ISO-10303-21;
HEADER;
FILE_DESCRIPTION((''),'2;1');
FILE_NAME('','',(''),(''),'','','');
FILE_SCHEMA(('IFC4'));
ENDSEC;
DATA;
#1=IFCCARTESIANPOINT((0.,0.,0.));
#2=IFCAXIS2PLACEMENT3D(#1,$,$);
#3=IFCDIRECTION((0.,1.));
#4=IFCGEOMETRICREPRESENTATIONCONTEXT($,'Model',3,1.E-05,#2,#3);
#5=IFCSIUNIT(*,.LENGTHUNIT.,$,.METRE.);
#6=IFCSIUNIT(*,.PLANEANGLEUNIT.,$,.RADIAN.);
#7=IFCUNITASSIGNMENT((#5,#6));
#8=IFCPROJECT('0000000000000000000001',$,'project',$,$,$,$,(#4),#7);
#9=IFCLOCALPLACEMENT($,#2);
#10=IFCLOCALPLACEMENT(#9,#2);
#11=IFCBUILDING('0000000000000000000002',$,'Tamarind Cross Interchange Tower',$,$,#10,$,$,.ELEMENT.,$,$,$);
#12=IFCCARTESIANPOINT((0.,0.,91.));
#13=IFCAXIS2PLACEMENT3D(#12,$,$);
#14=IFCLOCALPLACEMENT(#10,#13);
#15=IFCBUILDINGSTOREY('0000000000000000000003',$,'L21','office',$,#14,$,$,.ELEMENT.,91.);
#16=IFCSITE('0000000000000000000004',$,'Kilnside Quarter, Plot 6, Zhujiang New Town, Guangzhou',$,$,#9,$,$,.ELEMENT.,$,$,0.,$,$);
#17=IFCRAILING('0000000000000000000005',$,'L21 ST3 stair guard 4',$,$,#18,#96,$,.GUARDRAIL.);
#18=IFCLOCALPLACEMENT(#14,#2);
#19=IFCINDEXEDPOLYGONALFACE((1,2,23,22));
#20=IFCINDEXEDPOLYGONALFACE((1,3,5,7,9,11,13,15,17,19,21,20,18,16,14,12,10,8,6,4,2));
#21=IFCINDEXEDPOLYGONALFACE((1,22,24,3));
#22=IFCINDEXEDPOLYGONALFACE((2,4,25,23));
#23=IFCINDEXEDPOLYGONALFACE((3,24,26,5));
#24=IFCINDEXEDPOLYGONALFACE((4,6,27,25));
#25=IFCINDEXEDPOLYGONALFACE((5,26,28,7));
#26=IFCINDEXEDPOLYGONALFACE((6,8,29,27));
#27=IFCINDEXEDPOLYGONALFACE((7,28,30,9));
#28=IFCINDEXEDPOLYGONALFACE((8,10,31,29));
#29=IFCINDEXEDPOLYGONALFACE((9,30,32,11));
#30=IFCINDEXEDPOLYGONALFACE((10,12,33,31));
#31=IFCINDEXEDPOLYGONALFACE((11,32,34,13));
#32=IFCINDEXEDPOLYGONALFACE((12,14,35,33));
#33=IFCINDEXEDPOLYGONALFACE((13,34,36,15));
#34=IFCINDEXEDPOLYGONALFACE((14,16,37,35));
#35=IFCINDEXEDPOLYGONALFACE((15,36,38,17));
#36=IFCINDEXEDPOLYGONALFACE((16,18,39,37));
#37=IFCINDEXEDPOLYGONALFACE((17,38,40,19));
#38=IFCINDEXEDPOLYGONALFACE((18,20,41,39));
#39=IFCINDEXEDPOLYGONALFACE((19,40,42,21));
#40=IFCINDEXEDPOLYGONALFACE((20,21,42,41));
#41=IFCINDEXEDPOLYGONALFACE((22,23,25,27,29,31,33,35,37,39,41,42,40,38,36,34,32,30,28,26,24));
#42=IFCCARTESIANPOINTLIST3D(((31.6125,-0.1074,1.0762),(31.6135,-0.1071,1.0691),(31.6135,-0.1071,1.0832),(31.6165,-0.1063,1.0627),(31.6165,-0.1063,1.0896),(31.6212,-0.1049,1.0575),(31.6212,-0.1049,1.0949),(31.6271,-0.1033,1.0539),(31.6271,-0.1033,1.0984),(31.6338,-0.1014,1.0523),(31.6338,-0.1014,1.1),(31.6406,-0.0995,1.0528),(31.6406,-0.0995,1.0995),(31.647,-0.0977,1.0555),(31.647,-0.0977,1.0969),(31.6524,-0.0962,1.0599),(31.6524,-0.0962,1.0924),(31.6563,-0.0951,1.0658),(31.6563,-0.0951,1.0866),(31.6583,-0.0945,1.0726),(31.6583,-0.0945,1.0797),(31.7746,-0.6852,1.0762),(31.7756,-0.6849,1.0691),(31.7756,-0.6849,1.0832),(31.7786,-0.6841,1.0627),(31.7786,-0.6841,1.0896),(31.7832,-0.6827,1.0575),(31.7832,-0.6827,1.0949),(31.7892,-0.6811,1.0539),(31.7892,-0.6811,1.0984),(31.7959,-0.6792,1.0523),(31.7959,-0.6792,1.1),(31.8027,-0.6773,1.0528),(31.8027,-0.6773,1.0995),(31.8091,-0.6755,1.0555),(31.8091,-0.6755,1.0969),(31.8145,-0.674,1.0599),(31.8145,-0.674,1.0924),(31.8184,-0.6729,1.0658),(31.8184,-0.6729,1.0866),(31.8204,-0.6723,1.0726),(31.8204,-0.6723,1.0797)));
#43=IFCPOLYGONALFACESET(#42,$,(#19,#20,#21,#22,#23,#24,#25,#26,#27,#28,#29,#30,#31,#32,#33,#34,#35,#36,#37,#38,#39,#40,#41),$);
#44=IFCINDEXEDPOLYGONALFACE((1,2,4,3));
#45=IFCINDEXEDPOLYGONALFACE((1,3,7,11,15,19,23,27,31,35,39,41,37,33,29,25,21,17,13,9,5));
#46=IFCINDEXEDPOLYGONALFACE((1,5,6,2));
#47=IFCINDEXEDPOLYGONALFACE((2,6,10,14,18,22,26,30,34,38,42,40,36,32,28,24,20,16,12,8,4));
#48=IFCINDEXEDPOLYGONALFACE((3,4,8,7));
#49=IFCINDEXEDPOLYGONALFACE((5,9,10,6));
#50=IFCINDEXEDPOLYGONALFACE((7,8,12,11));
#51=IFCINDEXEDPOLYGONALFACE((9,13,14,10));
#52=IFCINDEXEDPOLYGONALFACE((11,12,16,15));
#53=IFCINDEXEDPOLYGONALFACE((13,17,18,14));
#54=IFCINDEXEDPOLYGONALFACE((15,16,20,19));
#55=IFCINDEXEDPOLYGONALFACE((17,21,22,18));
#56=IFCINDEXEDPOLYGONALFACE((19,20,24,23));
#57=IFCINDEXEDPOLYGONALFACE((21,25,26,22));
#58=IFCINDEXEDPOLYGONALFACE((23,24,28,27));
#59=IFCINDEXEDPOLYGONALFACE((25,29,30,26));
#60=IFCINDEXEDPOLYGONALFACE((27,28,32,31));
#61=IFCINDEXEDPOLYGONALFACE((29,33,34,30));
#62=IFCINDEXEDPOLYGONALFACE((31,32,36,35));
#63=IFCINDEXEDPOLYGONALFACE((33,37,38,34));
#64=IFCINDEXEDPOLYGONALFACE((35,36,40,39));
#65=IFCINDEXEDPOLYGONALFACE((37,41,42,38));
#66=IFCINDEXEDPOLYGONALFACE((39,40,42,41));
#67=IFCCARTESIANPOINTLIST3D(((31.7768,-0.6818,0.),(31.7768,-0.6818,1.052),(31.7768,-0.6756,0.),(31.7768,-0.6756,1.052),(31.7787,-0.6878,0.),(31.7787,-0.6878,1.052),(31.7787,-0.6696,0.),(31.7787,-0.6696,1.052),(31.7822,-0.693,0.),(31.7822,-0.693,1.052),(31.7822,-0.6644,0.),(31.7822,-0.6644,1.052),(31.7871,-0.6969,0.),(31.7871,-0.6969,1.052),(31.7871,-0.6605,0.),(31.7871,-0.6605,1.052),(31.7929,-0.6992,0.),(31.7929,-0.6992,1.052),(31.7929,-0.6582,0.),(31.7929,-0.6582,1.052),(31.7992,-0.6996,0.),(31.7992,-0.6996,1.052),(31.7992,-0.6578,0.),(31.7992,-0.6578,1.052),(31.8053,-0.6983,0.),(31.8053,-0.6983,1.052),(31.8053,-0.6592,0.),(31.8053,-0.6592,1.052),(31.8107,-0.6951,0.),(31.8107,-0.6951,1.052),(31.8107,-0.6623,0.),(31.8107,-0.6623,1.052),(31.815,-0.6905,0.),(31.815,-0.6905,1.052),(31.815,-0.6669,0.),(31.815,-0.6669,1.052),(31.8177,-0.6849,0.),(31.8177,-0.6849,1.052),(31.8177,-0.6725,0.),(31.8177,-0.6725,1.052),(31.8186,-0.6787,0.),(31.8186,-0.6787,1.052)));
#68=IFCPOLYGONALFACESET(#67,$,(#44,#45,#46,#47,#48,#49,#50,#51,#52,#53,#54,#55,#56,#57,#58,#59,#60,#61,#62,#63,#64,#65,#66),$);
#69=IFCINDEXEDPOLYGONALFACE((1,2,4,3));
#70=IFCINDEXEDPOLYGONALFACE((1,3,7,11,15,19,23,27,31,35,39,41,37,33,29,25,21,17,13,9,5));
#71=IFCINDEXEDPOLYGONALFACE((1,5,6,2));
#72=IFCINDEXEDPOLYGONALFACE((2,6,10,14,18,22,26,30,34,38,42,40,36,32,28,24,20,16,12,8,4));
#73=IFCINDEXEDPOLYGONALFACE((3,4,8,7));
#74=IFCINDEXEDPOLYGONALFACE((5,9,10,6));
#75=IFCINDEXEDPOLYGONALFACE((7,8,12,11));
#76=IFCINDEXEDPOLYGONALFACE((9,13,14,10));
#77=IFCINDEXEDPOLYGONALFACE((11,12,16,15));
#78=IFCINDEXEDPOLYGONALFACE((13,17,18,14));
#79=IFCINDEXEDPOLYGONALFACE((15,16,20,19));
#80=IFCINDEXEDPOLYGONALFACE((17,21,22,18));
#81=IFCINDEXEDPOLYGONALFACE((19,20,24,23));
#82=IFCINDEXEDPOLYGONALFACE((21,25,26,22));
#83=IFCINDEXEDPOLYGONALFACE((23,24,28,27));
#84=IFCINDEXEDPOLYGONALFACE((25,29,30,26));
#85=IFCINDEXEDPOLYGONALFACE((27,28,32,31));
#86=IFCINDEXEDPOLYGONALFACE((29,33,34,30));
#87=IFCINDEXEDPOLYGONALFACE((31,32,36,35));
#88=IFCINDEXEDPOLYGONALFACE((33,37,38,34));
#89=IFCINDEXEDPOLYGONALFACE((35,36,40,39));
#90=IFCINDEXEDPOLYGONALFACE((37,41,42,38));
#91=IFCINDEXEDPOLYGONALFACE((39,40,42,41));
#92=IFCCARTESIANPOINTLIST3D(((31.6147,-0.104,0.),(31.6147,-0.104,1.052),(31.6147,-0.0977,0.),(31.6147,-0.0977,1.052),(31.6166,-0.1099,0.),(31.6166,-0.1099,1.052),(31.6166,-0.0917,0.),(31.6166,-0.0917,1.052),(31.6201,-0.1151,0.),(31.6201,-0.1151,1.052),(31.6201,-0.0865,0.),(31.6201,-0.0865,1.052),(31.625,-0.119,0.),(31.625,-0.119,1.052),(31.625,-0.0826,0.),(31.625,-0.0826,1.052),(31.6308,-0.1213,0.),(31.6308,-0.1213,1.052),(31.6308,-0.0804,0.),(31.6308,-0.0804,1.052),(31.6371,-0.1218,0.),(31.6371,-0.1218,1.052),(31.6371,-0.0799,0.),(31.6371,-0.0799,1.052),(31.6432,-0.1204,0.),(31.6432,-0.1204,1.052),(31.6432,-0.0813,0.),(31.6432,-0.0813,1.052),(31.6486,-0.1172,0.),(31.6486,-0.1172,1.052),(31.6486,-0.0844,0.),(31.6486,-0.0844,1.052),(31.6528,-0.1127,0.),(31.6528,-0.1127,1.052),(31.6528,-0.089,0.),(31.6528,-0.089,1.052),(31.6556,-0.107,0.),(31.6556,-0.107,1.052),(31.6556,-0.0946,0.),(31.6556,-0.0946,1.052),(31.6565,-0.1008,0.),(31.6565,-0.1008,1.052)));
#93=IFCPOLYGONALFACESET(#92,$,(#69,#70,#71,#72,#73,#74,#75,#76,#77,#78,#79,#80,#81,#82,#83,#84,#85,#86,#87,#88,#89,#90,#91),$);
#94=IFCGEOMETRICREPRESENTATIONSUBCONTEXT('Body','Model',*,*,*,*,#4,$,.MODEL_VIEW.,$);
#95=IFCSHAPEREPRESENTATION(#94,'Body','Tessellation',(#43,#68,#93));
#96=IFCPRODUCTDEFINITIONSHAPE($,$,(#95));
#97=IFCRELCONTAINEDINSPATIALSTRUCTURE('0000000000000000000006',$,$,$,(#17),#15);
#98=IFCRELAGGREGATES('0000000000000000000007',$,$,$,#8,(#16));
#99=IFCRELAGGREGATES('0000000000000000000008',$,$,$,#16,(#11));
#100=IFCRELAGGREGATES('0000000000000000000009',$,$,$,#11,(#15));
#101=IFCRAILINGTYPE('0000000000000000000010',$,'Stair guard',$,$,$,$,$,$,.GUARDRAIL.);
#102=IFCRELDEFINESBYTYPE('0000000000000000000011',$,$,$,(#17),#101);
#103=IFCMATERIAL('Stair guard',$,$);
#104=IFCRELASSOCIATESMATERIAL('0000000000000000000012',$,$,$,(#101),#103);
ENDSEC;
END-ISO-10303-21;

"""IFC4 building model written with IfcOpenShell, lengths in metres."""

from ifc_helpers import new_model, si_unit, direction, frame, origin, origin_2d, place, context, subcontext, project, spatial, circle, extrude, material, type_object, element, save


model = new_model("IFC4")

# Units and contexts
model_context = context("Model", 3, precision=1e-05, world=origin(), true_north=direction((0.0, 1.0)))
body_context = subcontext(model_context, "Body", "Model", "MODEL_VIEW")
ifc_project = project(units=[si_unit("LENGTHUNIT", "METRE"), si_unit("PLANEANGLEUNIT", "RADIAN")], contexts=[model_context])

# Site, building, storey
site_placement = place(None, origin())
site = spatial("IfcSite", under=ifc_project, at=site_placement, Name="Kilnside Quarter, Plot 6, Zhujiang New Town, Guangzhou", CompositionType="ELEMENT", RefElevation=0.0)
building_placement = place(site_placement, origin())
building = spatial("IfcBuilding", under=site, at=building_placement, Name="Tamarind Cross Interchange Tower", CompositionType="ELEMENT")
storey_placement = place(building_placement, frame((0.0, 0.0, 91.0)))
storey = spatial("IfcBuildingStorey", under=building, at=storey_placement, Name="L21", Description="office", CompositionType="ELEMENT", Elevation=91.0)

# Railing
ifc_material_1 = material(Name="Stair guard")
railing_type_1 = type_object("IfcRailingType", Name="Stair guard", PredefinedType="GUARDRAIL", material=ifc_material_1)
railing_1_placement = place(storey_placement, frame((31.7976, -0.6787, 0.0)))
element("IfcRailing", 1, at=railing_1_placement, inside=storey, type_object=railing_type_1, Name="L21 ST3 stair guard 4", PredefinedType="GUARDRAIL", context=body_context, shape_type="SweptSolid", body=[
    extrude(circle(Radius=0.0239, at=origin_2d()), frame((0.0, 0.0, 1.0762), z_axis=(-0.270098, 0.962833, 0.0), x_axis=(-0.962833, -0.270098, 0.0)), (0.0, 0.0, 1.0), 0.6001),
    extrude(circle(Radius=0.021, at=origin_2d()), origin(), (0.0, 0.0, 1.0), 1.052),
    extrude(circle(Radius=0.021, at=origin_2d()), frame((-0.1621, 0.5779, 0.0)), (0.0, 0.0, 1.0), 1.052),
])

save(model, "model.ifc")
